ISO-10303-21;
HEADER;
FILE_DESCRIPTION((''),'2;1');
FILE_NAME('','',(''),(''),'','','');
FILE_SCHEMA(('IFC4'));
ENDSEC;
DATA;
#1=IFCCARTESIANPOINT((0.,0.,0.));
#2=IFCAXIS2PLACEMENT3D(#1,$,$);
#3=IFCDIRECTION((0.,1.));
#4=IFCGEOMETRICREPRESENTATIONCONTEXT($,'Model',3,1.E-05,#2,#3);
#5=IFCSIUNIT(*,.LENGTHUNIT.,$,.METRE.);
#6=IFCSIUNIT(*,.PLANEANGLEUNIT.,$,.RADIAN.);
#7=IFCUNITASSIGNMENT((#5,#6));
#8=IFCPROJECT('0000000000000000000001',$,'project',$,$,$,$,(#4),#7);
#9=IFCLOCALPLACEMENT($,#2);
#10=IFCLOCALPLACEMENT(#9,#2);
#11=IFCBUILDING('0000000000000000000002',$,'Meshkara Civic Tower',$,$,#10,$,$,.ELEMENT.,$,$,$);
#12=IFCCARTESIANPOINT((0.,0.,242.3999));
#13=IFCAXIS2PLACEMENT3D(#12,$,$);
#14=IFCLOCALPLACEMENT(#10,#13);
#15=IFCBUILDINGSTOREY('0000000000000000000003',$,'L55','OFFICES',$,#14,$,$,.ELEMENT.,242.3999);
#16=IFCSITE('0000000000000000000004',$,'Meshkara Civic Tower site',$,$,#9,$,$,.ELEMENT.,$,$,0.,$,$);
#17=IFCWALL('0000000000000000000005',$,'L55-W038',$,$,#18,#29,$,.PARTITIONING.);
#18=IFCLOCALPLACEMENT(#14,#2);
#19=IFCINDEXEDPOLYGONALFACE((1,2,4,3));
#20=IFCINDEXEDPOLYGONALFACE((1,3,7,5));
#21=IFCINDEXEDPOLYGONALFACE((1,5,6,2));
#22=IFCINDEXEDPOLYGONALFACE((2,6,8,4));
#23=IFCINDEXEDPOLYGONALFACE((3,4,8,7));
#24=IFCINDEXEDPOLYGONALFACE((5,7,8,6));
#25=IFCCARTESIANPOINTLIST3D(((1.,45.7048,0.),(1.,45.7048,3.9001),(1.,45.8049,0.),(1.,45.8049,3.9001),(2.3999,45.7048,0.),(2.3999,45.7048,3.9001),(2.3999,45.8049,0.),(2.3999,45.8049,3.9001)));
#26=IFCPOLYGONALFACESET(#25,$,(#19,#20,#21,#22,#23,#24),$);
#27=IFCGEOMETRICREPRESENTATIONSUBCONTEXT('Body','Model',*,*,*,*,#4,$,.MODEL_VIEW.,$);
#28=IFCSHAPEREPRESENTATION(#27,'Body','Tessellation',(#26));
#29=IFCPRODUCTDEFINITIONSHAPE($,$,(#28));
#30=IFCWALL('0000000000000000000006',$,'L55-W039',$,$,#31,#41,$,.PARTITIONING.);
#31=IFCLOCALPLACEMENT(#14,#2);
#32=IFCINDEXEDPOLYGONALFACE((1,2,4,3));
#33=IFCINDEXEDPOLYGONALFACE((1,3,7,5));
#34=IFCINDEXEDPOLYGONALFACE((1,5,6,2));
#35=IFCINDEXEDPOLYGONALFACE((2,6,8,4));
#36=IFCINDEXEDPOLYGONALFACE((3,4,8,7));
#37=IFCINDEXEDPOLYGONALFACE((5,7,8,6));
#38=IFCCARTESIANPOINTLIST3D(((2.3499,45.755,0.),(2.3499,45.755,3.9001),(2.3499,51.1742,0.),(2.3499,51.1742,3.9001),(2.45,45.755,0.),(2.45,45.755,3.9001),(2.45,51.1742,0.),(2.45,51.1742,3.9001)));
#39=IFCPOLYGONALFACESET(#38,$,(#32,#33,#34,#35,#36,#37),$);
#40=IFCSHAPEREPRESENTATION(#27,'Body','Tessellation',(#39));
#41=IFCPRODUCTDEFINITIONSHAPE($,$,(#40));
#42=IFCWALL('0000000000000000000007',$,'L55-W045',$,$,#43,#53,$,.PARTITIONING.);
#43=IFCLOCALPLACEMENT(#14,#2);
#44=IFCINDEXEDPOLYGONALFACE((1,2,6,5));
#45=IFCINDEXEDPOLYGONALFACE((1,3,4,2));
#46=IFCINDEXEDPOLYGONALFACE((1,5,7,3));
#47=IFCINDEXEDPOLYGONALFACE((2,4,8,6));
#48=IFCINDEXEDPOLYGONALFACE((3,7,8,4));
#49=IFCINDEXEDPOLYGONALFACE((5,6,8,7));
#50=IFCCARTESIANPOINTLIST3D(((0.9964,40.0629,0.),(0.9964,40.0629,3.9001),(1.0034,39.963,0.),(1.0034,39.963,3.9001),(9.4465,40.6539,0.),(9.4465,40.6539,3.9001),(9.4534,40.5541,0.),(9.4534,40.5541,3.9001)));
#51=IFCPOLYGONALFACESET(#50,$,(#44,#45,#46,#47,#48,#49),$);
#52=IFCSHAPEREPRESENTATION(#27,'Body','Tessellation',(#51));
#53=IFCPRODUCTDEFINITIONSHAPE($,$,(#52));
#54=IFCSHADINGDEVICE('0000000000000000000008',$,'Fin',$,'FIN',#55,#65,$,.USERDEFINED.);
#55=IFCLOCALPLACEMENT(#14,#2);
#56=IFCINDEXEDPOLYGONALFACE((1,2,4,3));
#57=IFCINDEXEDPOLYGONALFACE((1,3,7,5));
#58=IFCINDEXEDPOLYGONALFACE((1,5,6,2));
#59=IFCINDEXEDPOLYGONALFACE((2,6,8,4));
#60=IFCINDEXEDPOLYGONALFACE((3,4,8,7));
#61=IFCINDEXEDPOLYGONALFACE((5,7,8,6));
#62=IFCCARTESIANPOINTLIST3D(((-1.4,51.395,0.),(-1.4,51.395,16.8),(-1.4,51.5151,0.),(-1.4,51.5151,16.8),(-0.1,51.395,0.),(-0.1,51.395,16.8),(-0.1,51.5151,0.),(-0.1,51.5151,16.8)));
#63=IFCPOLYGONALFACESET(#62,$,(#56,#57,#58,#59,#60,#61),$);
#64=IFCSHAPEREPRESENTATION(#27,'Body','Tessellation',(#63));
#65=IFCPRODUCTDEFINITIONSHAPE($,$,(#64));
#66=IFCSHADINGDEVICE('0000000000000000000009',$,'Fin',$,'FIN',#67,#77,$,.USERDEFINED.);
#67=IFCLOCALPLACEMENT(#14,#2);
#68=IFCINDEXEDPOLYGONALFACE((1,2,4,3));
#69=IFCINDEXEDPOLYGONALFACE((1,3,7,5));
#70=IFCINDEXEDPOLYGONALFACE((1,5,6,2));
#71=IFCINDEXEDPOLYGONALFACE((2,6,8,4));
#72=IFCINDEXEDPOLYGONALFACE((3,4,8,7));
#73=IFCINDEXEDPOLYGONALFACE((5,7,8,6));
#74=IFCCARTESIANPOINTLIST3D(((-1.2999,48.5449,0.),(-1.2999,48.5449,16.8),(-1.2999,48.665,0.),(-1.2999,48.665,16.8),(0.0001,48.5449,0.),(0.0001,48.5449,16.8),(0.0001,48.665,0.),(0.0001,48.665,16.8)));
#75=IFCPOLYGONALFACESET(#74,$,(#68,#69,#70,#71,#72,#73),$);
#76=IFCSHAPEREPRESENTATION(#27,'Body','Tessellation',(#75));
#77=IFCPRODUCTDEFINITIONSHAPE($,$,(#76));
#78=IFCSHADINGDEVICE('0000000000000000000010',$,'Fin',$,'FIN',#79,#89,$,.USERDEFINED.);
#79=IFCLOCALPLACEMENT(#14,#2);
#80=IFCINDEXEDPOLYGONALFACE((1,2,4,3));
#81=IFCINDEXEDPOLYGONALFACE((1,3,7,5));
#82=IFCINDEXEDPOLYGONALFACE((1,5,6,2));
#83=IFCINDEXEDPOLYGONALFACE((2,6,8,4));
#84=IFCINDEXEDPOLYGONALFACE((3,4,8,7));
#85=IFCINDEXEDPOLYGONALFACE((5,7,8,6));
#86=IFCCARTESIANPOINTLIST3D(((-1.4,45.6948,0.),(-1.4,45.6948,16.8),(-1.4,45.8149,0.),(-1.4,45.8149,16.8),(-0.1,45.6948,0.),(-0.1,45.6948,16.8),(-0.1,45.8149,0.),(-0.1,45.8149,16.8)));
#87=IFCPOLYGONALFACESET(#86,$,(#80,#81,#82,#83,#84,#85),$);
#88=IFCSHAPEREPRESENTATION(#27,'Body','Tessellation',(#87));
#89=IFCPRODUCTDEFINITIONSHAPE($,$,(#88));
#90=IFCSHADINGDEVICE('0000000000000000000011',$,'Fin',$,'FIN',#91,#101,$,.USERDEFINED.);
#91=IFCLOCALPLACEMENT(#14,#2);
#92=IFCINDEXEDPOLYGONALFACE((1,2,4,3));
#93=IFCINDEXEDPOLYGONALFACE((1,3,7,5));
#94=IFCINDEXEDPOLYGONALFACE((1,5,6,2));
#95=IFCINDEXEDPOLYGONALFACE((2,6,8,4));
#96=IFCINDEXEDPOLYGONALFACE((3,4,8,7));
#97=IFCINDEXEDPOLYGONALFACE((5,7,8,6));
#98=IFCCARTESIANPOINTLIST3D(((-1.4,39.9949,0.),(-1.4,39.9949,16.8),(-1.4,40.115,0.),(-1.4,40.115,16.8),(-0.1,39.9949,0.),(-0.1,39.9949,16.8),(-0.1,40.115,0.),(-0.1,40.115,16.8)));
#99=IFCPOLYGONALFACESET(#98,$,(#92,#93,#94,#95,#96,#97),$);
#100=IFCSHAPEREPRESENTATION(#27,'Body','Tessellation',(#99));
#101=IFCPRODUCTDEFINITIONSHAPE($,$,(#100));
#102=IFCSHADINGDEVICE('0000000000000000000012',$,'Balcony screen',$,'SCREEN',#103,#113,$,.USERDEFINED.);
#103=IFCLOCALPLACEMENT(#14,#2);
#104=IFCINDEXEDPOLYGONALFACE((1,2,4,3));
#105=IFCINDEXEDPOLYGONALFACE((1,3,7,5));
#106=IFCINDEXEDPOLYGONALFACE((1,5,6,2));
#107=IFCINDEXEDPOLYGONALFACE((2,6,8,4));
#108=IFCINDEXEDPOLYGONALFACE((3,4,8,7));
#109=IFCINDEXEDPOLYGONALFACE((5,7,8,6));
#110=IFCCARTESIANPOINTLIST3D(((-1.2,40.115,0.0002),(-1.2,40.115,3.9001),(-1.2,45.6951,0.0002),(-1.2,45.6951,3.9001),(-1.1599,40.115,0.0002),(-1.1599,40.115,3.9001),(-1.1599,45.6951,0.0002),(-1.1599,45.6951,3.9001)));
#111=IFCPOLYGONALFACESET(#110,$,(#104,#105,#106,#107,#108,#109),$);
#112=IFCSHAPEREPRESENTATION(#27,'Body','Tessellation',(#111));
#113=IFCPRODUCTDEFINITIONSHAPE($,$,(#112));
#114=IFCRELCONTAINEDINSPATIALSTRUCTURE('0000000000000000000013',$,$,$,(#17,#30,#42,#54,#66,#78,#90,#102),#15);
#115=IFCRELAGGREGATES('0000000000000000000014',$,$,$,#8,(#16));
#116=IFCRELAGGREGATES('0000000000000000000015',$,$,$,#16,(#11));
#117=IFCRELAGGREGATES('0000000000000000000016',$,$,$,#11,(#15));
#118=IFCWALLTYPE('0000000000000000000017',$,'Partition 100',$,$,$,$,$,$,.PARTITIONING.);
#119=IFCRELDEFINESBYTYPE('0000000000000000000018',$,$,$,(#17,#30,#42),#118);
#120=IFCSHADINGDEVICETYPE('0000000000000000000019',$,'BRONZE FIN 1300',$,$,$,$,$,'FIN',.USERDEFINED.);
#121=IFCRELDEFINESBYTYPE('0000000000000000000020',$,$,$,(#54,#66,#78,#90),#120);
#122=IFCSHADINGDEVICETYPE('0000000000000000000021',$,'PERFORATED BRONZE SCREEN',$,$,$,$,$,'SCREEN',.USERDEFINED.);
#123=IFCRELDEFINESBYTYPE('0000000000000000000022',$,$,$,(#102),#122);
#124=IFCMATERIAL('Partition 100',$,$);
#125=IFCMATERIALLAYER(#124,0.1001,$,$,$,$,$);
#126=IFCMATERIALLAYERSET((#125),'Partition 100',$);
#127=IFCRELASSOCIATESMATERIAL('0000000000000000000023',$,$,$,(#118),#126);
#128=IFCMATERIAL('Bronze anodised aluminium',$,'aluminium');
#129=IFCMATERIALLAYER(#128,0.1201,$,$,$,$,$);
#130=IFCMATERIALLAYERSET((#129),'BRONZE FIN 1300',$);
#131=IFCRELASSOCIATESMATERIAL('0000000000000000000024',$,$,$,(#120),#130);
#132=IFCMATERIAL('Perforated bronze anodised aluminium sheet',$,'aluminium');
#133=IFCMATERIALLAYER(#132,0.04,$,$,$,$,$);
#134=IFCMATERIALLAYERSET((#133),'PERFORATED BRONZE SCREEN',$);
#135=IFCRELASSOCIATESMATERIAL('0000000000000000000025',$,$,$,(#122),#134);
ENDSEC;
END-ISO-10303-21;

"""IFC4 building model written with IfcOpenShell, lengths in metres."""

from ifc_helpers import new_model, si_unit, direction, frame, frame_2d, origin, origin_2d, place, context, subcontext, project, spatial, rectangle, extrude, material, layer, layer_set, type_object, element, save


model = new_model("IFC4")

# Units and contexts
model_context = context("Model", 3, precision=1e-05, world=origin(), true_north=direction((0.0, 1.0)))
body_context = subcontext(model_context, "Body", "Model", "MODEL_VIEW")
ifc_project = project(units=[si_unit("LENGTHUNIT", "METRE"), si_unit("PLANEANGLEUNIT", "RADIAN")], contexts=[model_context])

# Site, building, storey
site_placement = place(None, origin())
site = spatial("IfcSite", under=ifc_project, at=site_placement, Name="Meshkara Civic Tower site", CompositionType="ELEMENT", RefElevation=0.0)
building_placement = place(site_placement, origin())
building = spatial("IfcBuilding", under=site, at=building_placement, Name="Meshkara Civic Tower", CompositionType="ELEMENT")
storey_placement = place(building_placement, frame((0.0, 0.0, 242.3999)))
storey = spatial("IfcBuildingStorey", under=building, at=storey_placement, Name="L55", Description="OFFICES", CompositionType="ELEMENT", Elevation=242.3999)

# Walls
ifc_material_1 = material(Name="Partition 100")
ifc_layer_1 = layer(ifc_material_1, 0.1001)
ifc_layer_set_1 = layer_set([ifc_layer_1], Name="Partition 100")
wall_type_1 = type_object("IfcWallType", Name="Partition 100", PredefinedType="PARTITIONING", material=ifc_layer_set_1)
wall_1_placement = place(storey_placement, frame((2.3999, 45.7549, 0.0), z_axis=(0.0, 0.0, 1.0), x_axis=(-1.0, 0.0, 0.0)))
element("IfcWall", 1, at=wall_1_placement, inside=storey, type_object=wall_type_1, Name="L55-W038", PredefinedType="PARTITIONING", context=body_context, shape_type="SweptSolid", body=[
    extrude(rectangle(XDim=1.3999, YDim=0.1001, at=frame_2d((0.7, 0.0))), origin(), (0.0, 0.0, 1.0), 3.9001),
])
wall_2_placement = place(storey_placement, frame((2.3999, 51.1741, 0.0), z_axis=(0.0, 0.0, 1.0), x_axis=(0.0, -1.0, 0.0)))
element("IfcWall", 2, at=wall_2_placement, inside=storey, type_object=wall_type_1, Name="L55-W039", PredefinedType="PARTITIONING", context=body_context, shape_type="SweptSolid", body=[
    extrude(rectangle(XDim=5.4192, YDim=0.1001, at=frame_2d((2.7095, 0.0))), origin(), (0.0, 0.0, 1.0), 3.9001),
])
wall_3_placement = place(storey_placement, frame((9.45, 40.604, 0.0), z_axis=(0.0, 0.0, 1.0), x_axis=(-0.997563, -0.069778, 0.0)))
element("IfcWall", 3, at=wall_3_placement, inside=storey, type_object=wall_type_1, Name="L55-W045", PredefinedType="PARTITIONING", context=body_context, shape_type="SweptSolid", body=[
    extrude(rectangle(XDim=8.4707, YDim=0.1001, at=frame_2d((4.2354, 0.0))), origin(), (0.0, 0.0, 1.0), 3.9001),
])

# Shading devices
ifc_material_2 = material(Name="Bronze anodised aluminium", Category="aluminium")
ifc_layer_2 = layer(ifc_material_2, 0.1201)
ifc_layer_set_2 = layer_set([ifc_layer_2], Name="BRONZE FIN 1300")
shading_device_type_1 = type_object("IfcShadingDeviceType", Name="BRONZE FIN 1300", ElementType="FIN", PredefinedType="USERDEFINED", material=ifc_layer_set_2)
for number, where, z_axis, x_axis, name in (
    (4, (-0.75, 51.4551, 0.0), (0.0, 0.0, 1.0), (0.0, -1.0, 0.0), "Fin"),
    (5, (-0.6499, 48.605, 0.0), (0.0, 0.0, 1.0), (0.0, -1.0, 0.0), "Fin"),
    (6, (-0.75, 45.7549, 0.0), (0.0, 0.0, 1.0), (0.0, -1.0, 0.0), "Fin"),
    (7, (-0.75, 40.0549, 0.0), (0.0, 0.0, 1.0), (0.0, -1.0, 0.0), "Fin"),
):
    element("IfcShadingDevice", number, at=place(storey_placement, frame(where, z_axis=z_axis, x_axis=x_axis)), inside=storey, type_object=shading_device_type_1, Name=name, ObjectType="FIN", PredefinedType="USERDEFINED", context=body_context, shape_type="SweptSolid", body=[
        extrude(rectangle(XDim=0.1201, YDim=1.3, at=origin_2d()), origin(), (0.0, 0.0, 1.0), 16.8),
    ])
ifc_material_3 = material(Name="Perforated bronze anodised aluminium sheet", Category="aluminium")
ifc_layer_3 = layer(ifc_material_3, 0.04)
ifc_layer_set_3 = layer_set([ifc_layer_3], Name="PERFORATED BRONZE SCREEN")
shading_device_type_2 = type_object("IfcShadingDeviceType", Name="PERFORATED BRONZE SCREEN", ElementType="SCREEN", PredefinedType="USERDEFINED", material=ifc_layer_set_3)
shading_device_placement = place(storey_placement, frame((-1.1799, 42.905, 0.0002), z_axis=(0.0, 0.0, 1.0), x_axis=(0.0, -1.0, 0.0)))
element("IfcShadingDevice", 8, at=shading_device_placement, inside=storey, type_object=shading_device_type_2, Name="Balcony screen", ObjectType="SCREEN", PredefinedType="USERDEFINED", context=body_context, shape_type="SweptSolid", body=[
    extrude(rectangle(XDim=5.5801, YDim=0.04, at=origin_2d()), origin(), (0.0, 0.0, 1.0), 3.8999),
])

save(model, "model.ifc")
